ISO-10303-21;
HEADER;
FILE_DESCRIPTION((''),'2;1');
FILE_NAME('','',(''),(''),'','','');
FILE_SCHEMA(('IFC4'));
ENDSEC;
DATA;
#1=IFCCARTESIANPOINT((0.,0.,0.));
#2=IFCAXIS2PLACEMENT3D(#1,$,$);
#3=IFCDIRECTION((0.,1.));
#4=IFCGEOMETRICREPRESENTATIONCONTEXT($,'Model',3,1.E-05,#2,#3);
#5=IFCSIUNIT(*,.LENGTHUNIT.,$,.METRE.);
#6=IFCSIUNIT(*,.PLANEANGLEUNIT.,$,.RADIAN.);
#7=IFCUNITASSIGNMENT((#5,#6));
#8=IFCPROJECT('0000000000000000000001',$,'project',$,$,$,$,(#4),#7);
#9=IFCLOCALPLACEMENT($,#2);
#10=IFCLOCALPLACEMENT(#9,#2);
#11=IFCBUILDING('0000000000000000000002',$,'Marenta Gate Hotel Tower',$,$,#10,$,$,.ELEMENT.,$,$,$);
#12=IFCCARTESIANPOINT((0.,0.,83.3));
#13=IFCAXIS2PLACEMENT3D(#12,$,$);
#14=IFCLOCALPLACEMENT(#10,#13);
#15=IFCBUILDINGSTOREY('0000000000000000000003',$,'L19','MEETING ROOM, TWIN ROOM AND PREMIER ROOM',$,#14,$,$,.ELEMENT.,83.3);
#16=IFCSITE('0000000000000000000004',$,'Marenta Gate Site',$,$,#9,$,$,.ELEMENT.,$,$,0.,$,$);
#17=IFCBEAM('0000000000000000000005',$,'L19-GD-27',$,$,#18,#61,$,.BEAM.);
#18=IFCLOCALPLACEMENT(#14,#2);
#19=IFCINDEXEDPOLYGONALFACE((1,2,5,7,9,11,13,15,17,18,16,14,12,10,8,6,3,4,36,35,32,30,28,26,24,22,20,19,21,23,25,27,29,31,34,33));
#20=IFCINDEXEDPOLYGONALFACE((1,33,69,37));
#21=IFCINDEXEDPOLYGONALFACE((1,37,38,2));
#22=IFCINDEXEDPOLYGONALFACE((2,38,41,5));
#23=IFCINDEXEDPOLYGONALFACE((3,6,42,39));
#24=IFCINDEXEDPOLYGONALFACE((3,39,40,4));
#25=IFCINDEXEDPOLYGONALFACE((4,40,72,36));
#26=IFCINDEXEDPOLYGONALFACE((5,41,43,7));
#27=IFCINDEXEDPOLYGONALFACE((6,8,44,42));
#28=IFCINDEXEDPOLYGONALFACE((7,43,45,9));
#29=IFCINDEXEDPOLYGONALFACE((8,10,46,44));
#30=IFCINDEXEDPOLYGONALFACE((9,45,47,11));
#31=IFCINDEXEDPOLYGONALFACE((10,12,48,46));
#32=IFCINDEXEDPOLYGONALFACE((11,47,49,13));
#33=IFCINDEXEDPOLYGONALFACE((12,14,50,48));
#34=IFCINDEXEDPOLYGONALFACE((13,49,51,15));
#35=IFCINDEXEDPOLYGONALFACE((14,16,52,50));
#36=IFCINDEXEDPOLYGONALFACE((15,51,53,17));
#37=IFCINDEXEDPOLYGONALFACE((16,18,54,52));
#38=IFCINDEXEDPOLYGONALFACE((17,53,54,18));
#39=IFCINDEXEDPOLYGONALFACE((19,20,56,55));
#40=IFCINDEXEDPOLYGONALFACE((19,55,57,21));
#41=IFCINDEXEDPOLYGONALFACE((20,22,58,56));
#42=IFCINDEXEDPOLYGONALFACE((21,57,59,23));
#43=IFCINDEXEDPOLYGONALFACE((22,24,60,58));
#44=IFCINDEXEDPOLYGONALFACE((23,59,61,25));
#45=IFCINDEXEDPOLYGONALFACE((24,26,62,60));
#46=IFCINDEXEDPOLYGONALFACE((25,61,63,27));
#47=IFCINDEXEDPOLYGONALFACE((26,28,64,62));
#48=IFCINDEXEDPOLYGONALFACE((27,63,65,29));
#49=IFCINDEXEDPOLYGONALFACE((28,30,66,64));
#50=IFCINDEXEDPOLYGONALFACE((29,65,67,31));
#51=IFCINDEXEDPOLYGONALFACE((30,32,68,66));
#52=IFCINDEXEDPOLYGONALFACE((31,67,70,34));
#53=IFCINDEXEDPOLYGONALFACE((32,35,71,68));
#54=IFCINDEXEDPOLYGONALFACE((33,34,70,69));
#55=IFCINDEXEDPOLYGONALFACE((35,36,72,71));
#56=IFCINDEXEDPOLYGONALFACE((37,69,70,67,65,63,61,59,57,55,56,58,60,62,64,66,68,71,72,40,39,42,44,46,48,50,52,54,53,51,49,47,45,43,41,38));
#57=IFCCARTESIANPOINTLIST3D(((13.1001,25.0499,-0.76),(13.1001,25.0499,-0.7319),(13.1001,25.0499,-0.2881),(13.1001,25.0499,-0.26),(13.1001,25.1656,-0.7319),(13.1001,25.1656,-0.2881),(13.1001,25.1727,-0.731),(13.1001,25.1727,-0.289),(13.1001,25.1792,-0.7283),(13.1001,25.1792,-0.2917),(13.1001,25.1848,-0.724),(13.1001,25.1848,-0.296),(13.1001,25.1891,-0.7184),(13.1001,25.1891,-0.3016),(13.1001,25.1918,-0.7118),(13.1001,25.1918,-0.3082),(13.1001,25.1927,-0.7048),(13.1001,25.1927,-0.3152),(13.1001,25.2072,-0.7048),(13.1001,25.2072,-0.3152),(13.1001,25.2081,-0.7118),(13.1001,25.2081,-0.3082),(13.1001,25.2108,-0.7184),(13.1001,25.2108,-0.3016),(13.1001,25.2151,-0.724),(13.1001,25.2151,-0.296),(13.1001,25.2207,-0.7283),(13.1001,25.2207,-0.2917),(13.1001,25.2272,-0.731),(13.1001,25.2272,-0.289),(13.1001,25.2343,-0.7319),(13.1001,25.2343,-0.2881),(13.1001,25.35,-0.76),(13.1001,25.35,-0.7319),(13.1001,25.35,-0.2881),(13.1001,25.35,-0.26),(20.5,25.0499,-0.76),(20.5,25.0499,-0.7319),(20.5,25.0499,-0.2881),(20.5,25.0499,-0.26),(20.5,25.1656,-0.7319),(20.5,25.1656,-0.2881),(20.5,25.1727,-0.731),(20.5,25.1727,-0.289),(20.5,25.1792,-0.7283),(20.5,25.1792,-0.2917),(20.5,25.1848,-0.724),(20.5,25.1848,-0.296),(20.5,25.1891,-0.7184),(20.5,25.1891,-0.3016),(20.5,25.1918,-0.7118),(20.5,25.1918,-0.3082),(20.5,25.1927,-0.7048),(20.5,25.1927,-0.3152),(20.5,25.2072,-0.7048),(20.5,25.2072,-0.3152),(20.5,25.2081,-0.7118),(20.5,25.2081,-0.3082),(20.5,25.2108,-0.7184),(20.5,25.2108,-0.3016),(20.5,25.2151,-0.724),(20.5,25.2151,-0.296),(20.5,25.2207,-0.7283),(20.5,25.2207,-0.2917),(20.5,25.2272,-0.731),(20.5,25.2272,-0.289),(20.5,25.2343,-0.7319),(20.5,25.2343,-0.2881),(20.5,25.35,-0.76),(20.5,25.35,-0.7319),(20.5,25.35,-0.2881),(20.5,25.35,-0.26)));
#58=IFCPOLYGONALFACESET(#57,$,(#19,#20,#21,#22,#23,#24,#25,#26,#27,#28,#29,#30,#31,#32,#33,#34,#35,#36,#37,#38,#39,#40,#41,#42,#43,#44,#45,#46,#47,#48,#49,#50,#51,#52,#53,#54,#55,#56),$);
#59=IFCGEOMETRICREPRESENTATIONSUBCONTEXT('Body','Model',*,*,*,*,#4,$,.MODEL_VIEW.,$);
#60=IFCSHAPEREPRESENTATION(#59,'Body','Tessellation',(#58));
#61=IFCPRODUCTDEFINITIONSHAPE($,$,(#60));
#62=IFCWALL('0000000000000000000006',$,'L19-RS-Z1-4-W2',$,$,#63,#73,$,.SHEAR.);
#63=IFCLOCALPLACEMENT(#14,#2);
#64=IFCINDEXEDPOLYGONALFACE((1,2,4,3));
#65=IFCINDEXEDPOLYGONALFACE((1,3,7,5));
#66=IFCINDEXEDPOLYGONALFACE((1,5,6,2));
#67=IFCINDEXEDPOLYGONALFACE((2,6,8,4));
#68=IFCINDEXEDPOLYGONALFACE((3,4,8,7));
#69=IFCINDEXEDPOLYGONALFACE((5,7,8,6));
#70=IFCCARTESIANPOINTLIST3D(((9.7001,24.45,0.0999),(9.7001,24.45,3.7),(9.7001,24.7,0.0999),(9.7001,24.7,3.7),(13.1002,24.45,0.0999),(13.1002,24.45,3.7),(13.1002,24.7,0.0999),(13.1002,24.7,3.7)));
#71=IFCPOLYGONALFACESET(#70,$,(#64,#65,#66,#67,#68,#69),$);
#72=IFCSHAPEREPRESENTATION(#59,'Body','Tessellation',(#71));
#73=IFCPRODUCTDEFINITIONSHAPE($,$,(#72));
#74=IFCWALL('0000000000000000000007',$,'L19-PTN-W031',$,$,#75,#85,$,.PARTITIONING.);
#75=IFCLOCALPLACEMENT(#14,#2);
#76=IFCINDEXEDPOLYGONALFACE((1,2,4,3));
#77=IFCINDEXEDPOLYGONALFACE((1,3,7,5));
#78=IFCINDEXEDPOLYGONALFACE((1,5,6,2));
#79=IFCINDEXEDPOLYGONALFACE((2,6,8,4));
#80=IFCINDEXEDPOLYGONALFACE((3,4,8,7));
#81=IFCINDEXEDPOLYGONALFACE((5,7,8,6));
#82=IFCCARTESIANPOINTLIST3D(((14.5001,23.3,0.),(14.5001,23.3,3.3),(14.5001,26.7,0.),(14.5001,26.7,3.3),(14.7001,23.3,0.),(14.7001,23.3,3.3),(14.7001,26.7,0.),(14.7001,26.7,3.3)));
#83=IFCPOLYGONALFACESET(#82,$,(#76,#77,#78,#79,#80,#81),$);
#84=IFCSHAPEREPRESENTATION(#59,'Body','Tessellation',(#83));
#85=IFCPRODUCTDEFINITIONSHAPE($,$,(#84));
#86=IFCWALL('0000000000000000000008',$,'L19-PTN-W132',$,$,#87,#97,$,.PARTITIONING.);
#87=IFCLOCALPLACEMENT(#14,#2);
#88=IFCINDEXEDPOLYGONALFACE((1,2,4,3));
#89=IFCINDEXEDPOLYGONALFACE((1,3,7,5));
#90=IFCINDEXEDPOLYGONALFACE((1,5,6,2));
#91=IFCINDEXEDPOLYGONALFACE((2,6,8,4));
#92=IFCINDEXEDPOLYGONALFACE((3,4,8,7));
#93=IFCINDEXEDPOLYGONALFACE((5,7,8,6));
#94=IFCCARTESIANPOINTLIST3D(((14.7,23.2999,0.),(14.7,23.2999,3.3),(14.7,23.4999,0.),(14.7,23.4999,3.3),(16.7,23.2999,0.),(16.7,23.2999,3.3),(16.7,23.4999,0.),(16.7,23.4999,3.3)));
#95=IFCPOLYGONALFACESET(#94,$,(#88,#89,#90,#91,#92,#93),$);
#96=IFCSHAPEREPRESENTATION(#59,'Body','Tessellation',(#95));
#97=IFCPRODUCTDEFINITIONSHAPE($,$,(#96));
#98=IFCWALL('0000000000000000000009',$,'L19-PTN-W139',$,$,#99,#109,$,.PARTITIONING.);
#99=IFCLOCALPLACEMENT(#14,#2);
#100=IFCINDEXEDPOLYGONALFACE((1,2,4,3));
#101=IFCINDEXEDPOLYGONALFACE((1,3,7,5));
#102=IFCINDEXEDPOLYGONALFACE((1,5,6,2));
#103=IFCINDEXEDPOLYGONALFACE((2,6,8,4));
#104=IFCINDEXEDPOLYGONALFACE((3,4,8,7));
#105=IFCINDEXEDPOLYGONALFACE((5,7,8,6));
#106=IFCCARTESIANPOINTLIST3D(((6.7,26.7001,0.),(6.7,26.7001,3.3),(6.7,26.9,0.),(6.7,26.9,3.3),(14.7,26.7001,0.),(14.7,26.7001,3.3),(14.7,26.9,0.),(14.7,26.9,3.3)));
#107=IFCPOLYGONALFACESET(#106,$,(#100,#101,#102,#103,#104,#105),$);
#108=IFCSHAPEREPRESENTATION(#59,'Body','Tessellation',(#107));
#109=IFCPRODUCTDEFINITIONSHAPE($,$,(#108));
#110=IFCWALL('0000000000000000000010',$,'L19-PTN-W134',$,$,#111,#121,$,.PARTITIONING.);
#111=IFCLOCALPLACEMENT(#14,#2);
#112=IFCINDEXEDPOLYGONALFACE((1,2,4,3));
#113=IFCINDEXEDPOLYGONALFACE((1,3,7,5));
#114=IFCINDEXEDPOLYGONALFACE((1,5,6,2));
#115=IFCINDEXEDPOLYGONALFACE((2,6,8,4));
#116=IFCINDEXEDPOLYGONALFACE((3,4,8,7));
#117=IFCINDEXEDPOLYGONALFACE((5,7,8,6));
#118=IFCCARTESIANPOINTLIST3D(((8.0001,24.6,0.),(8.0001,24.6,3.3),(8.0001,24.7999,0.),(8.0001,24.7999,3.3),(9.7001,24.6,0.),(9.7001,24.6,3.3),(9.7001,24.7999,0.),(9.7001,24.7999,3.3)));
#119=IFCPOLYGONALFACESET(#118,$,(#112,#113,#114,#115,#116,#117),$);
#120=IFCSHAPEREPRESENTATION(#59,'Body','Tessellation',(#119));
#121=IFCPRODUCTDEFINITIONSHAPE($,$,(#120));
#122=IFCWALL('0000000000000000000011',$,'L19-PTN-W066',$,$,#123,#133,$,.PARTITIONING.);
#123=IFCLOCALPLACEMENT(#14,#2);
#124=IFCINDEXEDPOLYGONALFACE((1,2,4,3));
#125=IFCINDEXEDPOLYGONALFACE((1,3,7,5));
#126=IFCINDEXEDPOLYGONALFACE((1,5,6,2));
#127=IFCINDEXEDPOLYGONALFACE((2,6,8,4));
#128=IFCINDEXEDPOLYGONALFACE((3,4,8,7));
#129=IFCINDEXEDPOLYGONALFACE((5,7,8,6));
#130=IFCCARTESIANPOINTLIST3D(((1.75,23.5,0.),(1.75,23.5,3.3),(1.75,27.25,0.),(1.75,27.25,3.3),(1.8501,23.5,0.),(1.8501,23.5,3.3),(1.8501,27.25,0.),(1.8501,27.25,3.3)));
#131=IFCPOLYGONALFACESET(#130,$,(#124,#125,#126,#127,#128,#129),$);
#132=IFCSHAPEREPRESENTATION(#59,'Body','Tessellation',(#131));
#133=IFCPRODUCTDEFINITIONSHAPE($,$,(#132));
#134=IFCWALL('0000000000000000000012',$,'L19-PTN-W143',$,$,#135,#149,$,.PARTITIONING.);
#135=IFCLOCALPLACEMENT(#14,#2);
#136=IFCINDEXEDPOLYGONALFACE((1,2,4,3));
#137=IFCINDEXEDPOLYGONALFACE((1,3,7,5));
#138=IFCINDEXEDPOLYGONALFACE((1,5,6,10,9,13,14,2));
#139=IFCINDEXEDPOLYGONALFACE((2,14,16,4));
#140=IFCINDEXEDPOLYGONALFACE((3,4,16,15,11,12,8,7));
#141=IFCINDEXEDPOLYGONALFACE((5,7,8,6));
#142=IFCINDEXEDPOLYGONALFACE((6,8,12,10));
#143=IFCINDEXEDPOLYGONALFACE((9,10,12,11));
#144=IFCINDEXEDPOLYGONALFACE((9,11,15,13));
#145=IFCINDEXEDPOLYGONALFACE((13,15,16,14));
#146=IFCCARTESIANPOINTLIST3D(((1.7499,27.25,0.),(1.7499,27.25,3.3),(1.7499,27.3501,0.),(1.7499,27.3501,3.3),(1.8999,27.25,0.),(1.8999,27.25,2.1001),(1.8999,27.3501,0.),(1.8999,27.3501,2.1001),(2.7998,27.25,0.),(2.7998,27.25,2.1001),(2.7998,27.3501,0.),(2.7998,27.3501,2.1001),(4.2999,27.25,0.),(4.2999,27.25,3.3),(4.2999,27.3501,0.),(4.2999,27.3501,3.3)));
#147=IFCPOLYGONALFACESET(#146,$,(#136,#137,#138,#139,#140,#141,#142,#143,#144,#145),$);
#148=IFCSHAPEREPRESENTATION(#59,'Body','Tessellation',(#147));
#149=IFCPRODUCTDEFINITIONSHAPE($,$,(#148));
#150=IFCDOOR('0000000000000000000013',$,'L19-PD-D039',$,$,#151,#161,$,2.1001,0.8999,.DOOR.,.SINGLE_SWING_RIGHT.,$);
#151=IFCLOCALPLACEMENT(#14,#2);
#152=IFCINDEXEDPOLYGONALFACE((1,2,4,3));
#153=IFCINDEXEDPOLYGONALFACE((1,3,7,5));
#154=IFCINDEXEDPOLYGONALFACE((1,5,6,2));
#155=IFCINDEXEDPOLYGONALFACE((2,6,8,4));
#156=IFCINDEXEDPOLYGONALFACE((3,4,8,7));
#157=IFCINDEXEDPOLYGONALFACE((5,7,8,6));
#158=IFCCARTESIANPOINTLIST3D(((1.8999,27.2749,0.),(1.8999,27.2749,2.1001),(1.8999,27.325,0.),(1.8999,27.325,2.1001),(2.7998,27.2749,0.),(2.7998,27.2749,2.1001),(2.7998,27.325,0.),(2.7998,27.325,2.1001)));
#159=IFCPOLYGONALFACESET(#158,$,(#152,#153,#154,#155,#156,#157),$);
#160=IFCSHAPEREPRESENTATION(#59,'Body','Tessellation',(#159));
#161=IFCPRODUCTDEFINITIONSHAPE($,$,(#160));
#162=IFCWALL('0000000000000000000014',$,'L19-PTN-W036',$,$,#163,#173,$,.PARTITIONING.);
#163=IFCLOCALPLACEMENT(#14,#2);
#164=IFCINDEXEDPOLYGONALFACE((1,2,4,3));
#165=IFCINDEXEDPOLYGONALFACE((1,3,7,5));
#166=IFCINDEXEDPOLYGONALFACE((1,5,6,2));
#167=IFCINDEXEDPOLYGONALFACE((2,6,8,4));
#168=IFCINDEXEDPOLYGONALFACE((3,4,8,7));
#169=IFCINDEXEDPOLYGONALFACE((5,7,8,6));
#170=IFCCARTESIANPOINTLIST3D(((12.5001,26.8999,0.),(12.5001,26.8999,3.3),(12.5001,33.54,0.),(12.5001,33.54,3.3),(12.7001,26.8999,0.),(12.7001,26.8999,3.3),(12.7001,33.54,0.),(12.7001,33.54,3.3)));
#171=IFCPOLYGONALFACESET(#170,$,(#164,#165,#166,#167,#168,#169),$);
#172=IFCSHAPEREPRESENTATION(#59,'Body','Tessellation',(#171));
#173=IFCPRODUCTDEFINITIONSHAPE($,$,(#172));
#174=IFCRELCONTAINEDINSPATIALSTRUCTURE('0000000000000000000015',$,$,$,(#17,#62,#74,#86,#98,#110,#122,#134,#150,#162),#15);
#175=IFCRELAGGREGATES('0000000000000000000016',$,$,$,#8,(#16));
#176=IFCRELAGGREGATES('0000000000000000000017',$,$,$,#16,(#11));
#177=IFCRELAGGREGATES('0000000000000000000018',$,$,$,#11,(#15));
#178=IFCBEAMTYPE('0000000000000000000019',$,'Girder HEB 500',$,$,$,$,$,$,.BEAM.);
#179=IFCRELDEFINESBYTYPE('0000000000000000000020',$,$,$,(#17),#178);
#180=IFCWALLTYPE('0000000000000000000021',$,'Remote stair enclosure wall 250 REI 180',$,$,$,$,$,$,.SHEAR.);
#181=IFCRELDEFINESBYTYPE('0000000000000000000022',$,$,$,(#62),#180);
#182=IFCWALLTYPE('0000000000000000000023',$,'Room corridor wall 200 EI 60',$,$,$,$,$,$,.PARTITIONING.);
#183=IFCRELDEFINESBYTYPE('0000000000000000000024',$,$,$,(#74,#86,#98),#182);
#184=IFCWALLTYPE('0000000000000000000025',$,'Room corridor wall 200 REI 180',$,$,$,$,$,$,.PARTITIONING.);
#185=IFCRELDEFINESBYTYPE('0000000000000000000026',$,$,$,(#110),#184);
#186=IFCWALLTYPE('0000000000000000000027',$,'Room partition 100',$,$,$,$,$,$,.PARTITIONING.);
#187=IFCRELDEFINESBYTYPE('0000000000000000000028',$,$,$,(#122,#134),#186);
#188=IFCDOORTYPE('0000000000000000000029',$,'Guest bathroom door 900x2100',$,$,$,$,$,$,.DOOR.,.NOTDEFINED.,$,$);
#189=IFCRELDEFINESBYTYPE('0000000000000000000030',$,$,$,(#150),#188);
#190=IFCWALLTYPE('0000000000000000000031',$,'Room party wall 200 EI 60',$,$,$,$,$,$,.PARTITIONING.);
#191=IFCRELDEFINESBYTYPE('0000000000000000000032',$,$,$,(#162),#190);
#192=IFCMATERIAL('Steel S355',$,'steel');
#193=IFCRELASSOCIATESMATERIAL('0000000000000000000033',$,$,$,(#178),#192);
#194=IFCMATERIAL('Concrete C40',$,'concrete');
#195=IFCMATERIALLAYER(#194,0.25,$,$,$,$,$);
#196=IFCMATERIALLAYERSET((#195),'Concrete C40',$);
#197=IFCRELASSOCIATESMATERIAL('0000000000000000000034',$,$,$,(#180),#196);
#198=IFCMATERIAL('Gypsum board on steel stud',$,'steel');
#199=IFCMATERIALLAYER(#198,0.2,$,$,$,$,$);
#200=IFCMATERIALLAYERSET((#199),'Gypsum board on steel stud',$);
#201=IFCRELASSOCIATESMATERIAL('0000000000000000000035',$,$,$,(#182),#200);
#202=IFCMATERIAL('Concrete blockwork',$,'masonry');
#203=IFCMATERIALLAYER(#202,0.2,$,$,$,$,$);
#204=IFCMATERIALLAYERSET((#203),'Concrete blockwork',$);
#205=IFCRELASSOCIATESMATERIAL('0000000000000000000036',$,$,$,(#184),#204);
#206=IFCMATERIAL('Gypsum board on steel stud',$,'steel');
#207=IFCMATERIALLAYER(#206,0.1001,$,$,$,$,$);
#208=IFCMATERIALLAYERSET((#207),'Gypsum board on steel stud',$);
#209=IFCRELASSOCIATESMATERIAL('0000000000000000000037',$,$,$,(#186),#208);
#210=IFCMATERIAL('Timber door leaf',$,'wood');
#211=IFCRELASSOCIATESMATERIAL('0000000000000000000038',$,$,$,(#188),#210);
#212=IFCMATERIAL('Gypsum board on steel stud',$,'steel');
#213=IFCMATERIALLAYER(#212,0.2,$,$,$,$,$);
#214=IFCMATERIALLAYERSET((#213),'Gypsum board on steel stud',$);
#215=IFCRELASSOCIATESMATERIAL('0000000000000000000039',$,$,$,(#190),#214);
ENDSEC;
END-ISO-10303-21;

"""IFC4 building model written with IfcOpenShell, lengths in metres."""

from ifc_helpers import new_model, si_unit, direction, frame, frame_2d, origin, origin_2d, place, context, subcontext, project, spatial, rectangle, i_section, extrude, material, layer, layer_set, material_profile, profile_set, type_object, element, fill, save


model = new_model("IFC4")

# Units and contexts
model_context = context("Model", 3, precision=1e-05, world=origin(), true_north=direction((0.0, 1.0)))
body_context = subcontext(model_context, "Body", "Model", "MODEL_VIEW")
ifc_project = project(units=[si_unit("LENGTHUNIT", "METRE"), si_unit("PLANEANGLEUNIT", "RADIAN")], contexts=[model_context])

# Site, building, storey
site_placement = place(None, origin())
site = spatial("IfcSite", under=ifc_project, at=site_placement, Name="Marenta Gate Site", CompositionType="ELEMENT", RefElevation=0.0)
building_placement = place(site_placement, origin())
building = spatial("IfcBuilding", under=site, at=building_placement, Name="Marenta Gate Hotel Tower", CompositionType="ELEMENT")
storey_placement = place(building_placement, frame((0.0, 0.0, 83.3)))
storey = spatial("IfcBuildingStorey", under=building, at=storey_placement, Name="L19", Description="MEETING ROOM, TWIN ROOM AND PREMIER ROOM", CompositionType="ELEMENT", Elevation=83.3)

# Beam
ifc_material_1 = material(Name="Steel S355", Category="steel")
ifc_material_profile_1 = material_profile(ifc_material_1, i_section(OverallWidth=0.3, OverallDepth=0.5, WebThickness=0.0144, FlangeThickness=0.0281, FilletRadius=0.0271, at=origin_2d()), Name="HEB 500")
ifc_profile_set_1 = profile_set([ifc_material_profile_1], Name="Steel S355")
beam_type_1 = type_object("IfcBeamType", Name="Girder HEB 500", PredefinedType="BEAM", material=ifc_profile_set_1)
beam_1_placement = place(storey_placement, frame((13.1001, 25.2, -0.51), z_axis=(1.0, 0.0, 0.0), x_axis=(0.0, 1.0, 0.0)))
element("IfcBeam", 1, at=beam_1_placement, inside=storey, type_object=beam_type_1, Name="L19-GD-27", PredefinedType="BEAM", context=body_context, shape_type="SweptSolid", body=[
    extrude(i_section(OverallWidth=0.3, OverallDepth=0.5, WebThickness=0.0144, FlangeThickness=0.0281, FilletRadius=0.0271, at=origin_2d()), origin(), (0.0, 0.0, 1.0), 7.3999),
])

# Wall
ifc_material_2 = material(Name="Concrete C40", Category="concrete")
ifc_layer_1 = layer(ifc_material_2, 0.25)
ifc_layer_set_1 = layer_set([ifc_layer_1], Name="Concrete C40")
wall_type_1 = type_object("IfcWallType", Name="Remote stair enclosure wall 250 REI 180", PredefinedType="SHEAR", material=ifc_layer_set_1)
wall_1_placement = place(storey_placement, frame((9.7, 24.575, 0.0999), z_axis=(0.0, 0.0, 1.0), x_axis=(1.0, 0.0, 0.0)))
element("IfcWall", 2, at=wall_1_placement, inside=storey, type_object=wall_type_1, Name="L19-RS-Z1-4-W2", PredefinedType="SHEAR", context=body_context, shape_type="SweptSolid", body=[
    extrude(rectangle(XDim=3.4001, YDim=0.25, at=frame_2d((1.7002, 0.0))), origin(), (0.0, 0.0, 1.0), 3.6001),
])

# Shared definitions
ifc_material_3 = material(Name="Gypsum board on steel stud", Category="steel")
ifc_layer_2 = layer(ifc_material_3, 0.2)
ifc_layer_set_2 = layer_set([ifc_layer_2], Name="Gypsum board on steel stud")
wall_type_2 = type_object("IfcWallType", Name="Room corridor wall 200 EI 60", PredefinedType="PARTITIONING", material=ifc_layer_set_2)

# Wall
wall_2_placement = place(storey_placement, frame((14.6001, 23.3, 0.0), z_axis=(0.0, 0.0, 1.0), x_axis=(0.0, 1.0, 0.0)))
element("IfcWall", 3, at=wall_2_placement, inside=storey, type_object=wall_type_2, Name="L19-PTN-W031", PredefinedType="PARTITIONING", context=body_context, shape_type="SweptSolid", body=[
    extrude(rectangle(XDim=3.3999, YDim=0.2, at=frame_2d((1.7, 0.0))), origin(), (0.0, 0.0, 1.0), 3.3),
])

# Walls
wall_3_placement = place(storey_placement, frame((14.7, 23.3999, 0.0), z_axis=(0.0, 0.0, 1.0), x_axis=(1.0, 0.0, 0.0)))
element("IfcWall", 4, at=wall_3_placement, inside=storey, type_object=wall_type_2, Name="L19-PTN-W132", PredefinedType="PARTITIONING", context=body_context, shape_type="SweptSolid", body=[
    extrude(rectangle(XDim=2.0, YDim=0.2, at=frame_2d((1.0, 0.0))), origin(), (0.0, 0.0, 1.0), 3.3),
])
wall_4_placement = place(storey_placement, frame((6.7, 26.8, 0.0), z_axis=(0.0, 0.0, 1.0), x_axis=(1.0, 0.0, 0.0)))
element("IfcWall", 5, at=wall_4_placement, inside=storey, type_object=wall_type_2, Name="L19-PTN-W139", PredefinedType="PARTITIONING", context=body_context, shape_type="SweptSolid", body=[
    extrude(rectangle(XDim=8.0, YDim=0.2, at=frame_2d((4.0, 0.0))), origin(), (0.0, 0.0, 1.0), 3.3),
])
ifc_material_4 = material(Name="Concrete blockwork", Category="masonry")
ifc_layer_3 = layer(ifc_material_4, 0.2)
ifc_layer_set_3 = layer_set([ifc_layer_3], Name="Concrete blockwork")
wall_type_3 = type_object("IfcWallType", Name="Room corridor wall 200 REI 180", PredefinedType="PARTITIONING", material=ifc_layer_set_3)
wall_5_placement = place(storey_placement, frame((8.0, 24.7, 0.0), z_axis=(0.0, 0.0, 1.0), x_axis=(1.0, 0.0, 0.0)))
element("IfcWall", 6, at=wall_5_placement, inside=storey, type_object=wall_type_3, Name="L19-PTN-W134", PredefinedType="PARTITIONING", context=body_context, shape_type="SweptSolid", body=[
    extrude(rectangle(XDim=1.7, YDim=0.2, at=frame_2d((0.8501, 0.0))), origin(), (0.0, 0.0, 1.0), 3.3),
])
ifc_material_5 = material(Name="Gypsum board on steel stud", Category="steel")
ifc_layer_4 = layer(ifc_material_5, 0.1001)
ifc_layer_set_4 = layer_set([ifc_layer_4], Name="Gypsum board on steel stud")
wall_type_4 = type_object("IfcWallType", Name="Room partition 100", PredefinedType="PARTITIONING", material=ifc_layer_set_4)
wall_6_placement = place(storey_placement, frame((1.8, 23.5, 0.0), z_axis=(0.0, 0.0, 1.0), x_axis=(0.0, 1.0, 0.0)))
element("IfcWall", 7, at=wall_6_placement, inside=storey, type_object=wall_type_4, Name="L19-PTN-W066", PredefinedType="PARTITIONING", context=body_context, shape_type="SweptSolid", body=[
    extrude(rectangle(XDim=3.75, YDim=0.1001, at=frame_2d((1.875, 0.0))), origin(), (0.0, 0.0, 1.0), 3.3),
])

# Wall, opening, door
wall_7_placement = place(storey_placement, frame((1.75, 27.3, 0.0), z_axis=(0.0, 0.0, 1.0), x_axis=(1.0, 0.0, 0.0)))
wall_7 = element("IfcWall", 8, at=wall_7_placement, inside=storey, type_object=wall_type_4, Name="L19-PTN-W143", PredefinedType="PARTITIONING", context=body_context, shape_type="SweptSolid", body=[
    extrude(rectangle(XDim=2.55, YDim=0.1001, at=frame_2d((1.2749, 0.0))), origin(), (0.0, 0.0, 1.0), 3.3),
])
opening_1_placement = place(wall_7_placement, frame((0.1499, 0.0, 0.0)))
opening_1 = element("IfcOpeningElement", 9, at=opening_1_placement, cuts=wall_7, PredefinedType="OPENING", context=body_context, shape_type="SweptSolid", body=[
    extrude(rectangle(XDim=0.8999, YDim=2.1001, at=frame_2d((0.45, 1.05))), frame((0.0, 0.05, 0.0), z_axis=(0.0, -1.0, 0.0), x_axis=(1.0, 0.0, 0.0)), (0.0, 0.0, 1.0), 0.1001),
])
ifc_material_6 = material(Name="Timber door leaf", Category="wood")
door_type_1 = type_object("IfcDoorType", Name="Guest bathroom door 900x2100", OperationType="NOTDEFINED", PredefinedType="DOOR", material=ifc_material_6)
door_1_placement = place(opening_1_placement, origin())
door_1 = element("IfcDoor", 10, at=door_1_placement, inside=storey, type_object=door_type_1, Name="L19-PD-D039", OperationType="SINGLE_SWING_RIGHT", OverallHeight=2.1001, OverallWidth=0.8999, PredefinedType="DOOR", context=body_context, shape_type="SweptSolid", body=[
    extrude(rectangle(XDim=0.8999, YDim=2.1001, at=frame_2d((0.45, 1.05))), frame((0.0, 0.0249, 0.0), z_axis=(0.0, -1.0, 0.0), x_axis=(1.0, 0.0, 0.0)), (0.0, 0.0, 1.0), 0.05),
])
fill(opening_1, door_1)

# Wall
ifc_material_7 = material(Name="Gypsum board on steel stud", Category="steel")
ifc_layer_5 = layer(ifc_material_7, 0.2)
ifc_layer_set_5 = layer_set([ifc_layer_5], Name="Gypsum board on steel stud")
wall_type_5 = type_object("IfcWallType", Name="Room party wall 200 EI 60", PredefinedType="PARTITIONING", material=ifc_layer_set_5)
wall_8_placement = place(storey_placement, frame((12.6001, 26.8999, 0.0), z_axis=(0.0, 0.0, 1.0), x_axis=(0.0, 1.0, 0.0)))
element("IfcWall", 11, at=wall_8_placement, inside=storey, type_object=wall_type_5, Name="L19-PTN-W036", PredefinedType="PARTITIONING", context=body_context, shape_type="SweptSolid", body=[
    extrude(rectangle(XDim=6.6401, YDim=0.2, at=frame_2d((3.3201, 0.0))), origin(), (0.0, 0.0, 1.0), 3.3),
])

save(model, "model.ifc")
